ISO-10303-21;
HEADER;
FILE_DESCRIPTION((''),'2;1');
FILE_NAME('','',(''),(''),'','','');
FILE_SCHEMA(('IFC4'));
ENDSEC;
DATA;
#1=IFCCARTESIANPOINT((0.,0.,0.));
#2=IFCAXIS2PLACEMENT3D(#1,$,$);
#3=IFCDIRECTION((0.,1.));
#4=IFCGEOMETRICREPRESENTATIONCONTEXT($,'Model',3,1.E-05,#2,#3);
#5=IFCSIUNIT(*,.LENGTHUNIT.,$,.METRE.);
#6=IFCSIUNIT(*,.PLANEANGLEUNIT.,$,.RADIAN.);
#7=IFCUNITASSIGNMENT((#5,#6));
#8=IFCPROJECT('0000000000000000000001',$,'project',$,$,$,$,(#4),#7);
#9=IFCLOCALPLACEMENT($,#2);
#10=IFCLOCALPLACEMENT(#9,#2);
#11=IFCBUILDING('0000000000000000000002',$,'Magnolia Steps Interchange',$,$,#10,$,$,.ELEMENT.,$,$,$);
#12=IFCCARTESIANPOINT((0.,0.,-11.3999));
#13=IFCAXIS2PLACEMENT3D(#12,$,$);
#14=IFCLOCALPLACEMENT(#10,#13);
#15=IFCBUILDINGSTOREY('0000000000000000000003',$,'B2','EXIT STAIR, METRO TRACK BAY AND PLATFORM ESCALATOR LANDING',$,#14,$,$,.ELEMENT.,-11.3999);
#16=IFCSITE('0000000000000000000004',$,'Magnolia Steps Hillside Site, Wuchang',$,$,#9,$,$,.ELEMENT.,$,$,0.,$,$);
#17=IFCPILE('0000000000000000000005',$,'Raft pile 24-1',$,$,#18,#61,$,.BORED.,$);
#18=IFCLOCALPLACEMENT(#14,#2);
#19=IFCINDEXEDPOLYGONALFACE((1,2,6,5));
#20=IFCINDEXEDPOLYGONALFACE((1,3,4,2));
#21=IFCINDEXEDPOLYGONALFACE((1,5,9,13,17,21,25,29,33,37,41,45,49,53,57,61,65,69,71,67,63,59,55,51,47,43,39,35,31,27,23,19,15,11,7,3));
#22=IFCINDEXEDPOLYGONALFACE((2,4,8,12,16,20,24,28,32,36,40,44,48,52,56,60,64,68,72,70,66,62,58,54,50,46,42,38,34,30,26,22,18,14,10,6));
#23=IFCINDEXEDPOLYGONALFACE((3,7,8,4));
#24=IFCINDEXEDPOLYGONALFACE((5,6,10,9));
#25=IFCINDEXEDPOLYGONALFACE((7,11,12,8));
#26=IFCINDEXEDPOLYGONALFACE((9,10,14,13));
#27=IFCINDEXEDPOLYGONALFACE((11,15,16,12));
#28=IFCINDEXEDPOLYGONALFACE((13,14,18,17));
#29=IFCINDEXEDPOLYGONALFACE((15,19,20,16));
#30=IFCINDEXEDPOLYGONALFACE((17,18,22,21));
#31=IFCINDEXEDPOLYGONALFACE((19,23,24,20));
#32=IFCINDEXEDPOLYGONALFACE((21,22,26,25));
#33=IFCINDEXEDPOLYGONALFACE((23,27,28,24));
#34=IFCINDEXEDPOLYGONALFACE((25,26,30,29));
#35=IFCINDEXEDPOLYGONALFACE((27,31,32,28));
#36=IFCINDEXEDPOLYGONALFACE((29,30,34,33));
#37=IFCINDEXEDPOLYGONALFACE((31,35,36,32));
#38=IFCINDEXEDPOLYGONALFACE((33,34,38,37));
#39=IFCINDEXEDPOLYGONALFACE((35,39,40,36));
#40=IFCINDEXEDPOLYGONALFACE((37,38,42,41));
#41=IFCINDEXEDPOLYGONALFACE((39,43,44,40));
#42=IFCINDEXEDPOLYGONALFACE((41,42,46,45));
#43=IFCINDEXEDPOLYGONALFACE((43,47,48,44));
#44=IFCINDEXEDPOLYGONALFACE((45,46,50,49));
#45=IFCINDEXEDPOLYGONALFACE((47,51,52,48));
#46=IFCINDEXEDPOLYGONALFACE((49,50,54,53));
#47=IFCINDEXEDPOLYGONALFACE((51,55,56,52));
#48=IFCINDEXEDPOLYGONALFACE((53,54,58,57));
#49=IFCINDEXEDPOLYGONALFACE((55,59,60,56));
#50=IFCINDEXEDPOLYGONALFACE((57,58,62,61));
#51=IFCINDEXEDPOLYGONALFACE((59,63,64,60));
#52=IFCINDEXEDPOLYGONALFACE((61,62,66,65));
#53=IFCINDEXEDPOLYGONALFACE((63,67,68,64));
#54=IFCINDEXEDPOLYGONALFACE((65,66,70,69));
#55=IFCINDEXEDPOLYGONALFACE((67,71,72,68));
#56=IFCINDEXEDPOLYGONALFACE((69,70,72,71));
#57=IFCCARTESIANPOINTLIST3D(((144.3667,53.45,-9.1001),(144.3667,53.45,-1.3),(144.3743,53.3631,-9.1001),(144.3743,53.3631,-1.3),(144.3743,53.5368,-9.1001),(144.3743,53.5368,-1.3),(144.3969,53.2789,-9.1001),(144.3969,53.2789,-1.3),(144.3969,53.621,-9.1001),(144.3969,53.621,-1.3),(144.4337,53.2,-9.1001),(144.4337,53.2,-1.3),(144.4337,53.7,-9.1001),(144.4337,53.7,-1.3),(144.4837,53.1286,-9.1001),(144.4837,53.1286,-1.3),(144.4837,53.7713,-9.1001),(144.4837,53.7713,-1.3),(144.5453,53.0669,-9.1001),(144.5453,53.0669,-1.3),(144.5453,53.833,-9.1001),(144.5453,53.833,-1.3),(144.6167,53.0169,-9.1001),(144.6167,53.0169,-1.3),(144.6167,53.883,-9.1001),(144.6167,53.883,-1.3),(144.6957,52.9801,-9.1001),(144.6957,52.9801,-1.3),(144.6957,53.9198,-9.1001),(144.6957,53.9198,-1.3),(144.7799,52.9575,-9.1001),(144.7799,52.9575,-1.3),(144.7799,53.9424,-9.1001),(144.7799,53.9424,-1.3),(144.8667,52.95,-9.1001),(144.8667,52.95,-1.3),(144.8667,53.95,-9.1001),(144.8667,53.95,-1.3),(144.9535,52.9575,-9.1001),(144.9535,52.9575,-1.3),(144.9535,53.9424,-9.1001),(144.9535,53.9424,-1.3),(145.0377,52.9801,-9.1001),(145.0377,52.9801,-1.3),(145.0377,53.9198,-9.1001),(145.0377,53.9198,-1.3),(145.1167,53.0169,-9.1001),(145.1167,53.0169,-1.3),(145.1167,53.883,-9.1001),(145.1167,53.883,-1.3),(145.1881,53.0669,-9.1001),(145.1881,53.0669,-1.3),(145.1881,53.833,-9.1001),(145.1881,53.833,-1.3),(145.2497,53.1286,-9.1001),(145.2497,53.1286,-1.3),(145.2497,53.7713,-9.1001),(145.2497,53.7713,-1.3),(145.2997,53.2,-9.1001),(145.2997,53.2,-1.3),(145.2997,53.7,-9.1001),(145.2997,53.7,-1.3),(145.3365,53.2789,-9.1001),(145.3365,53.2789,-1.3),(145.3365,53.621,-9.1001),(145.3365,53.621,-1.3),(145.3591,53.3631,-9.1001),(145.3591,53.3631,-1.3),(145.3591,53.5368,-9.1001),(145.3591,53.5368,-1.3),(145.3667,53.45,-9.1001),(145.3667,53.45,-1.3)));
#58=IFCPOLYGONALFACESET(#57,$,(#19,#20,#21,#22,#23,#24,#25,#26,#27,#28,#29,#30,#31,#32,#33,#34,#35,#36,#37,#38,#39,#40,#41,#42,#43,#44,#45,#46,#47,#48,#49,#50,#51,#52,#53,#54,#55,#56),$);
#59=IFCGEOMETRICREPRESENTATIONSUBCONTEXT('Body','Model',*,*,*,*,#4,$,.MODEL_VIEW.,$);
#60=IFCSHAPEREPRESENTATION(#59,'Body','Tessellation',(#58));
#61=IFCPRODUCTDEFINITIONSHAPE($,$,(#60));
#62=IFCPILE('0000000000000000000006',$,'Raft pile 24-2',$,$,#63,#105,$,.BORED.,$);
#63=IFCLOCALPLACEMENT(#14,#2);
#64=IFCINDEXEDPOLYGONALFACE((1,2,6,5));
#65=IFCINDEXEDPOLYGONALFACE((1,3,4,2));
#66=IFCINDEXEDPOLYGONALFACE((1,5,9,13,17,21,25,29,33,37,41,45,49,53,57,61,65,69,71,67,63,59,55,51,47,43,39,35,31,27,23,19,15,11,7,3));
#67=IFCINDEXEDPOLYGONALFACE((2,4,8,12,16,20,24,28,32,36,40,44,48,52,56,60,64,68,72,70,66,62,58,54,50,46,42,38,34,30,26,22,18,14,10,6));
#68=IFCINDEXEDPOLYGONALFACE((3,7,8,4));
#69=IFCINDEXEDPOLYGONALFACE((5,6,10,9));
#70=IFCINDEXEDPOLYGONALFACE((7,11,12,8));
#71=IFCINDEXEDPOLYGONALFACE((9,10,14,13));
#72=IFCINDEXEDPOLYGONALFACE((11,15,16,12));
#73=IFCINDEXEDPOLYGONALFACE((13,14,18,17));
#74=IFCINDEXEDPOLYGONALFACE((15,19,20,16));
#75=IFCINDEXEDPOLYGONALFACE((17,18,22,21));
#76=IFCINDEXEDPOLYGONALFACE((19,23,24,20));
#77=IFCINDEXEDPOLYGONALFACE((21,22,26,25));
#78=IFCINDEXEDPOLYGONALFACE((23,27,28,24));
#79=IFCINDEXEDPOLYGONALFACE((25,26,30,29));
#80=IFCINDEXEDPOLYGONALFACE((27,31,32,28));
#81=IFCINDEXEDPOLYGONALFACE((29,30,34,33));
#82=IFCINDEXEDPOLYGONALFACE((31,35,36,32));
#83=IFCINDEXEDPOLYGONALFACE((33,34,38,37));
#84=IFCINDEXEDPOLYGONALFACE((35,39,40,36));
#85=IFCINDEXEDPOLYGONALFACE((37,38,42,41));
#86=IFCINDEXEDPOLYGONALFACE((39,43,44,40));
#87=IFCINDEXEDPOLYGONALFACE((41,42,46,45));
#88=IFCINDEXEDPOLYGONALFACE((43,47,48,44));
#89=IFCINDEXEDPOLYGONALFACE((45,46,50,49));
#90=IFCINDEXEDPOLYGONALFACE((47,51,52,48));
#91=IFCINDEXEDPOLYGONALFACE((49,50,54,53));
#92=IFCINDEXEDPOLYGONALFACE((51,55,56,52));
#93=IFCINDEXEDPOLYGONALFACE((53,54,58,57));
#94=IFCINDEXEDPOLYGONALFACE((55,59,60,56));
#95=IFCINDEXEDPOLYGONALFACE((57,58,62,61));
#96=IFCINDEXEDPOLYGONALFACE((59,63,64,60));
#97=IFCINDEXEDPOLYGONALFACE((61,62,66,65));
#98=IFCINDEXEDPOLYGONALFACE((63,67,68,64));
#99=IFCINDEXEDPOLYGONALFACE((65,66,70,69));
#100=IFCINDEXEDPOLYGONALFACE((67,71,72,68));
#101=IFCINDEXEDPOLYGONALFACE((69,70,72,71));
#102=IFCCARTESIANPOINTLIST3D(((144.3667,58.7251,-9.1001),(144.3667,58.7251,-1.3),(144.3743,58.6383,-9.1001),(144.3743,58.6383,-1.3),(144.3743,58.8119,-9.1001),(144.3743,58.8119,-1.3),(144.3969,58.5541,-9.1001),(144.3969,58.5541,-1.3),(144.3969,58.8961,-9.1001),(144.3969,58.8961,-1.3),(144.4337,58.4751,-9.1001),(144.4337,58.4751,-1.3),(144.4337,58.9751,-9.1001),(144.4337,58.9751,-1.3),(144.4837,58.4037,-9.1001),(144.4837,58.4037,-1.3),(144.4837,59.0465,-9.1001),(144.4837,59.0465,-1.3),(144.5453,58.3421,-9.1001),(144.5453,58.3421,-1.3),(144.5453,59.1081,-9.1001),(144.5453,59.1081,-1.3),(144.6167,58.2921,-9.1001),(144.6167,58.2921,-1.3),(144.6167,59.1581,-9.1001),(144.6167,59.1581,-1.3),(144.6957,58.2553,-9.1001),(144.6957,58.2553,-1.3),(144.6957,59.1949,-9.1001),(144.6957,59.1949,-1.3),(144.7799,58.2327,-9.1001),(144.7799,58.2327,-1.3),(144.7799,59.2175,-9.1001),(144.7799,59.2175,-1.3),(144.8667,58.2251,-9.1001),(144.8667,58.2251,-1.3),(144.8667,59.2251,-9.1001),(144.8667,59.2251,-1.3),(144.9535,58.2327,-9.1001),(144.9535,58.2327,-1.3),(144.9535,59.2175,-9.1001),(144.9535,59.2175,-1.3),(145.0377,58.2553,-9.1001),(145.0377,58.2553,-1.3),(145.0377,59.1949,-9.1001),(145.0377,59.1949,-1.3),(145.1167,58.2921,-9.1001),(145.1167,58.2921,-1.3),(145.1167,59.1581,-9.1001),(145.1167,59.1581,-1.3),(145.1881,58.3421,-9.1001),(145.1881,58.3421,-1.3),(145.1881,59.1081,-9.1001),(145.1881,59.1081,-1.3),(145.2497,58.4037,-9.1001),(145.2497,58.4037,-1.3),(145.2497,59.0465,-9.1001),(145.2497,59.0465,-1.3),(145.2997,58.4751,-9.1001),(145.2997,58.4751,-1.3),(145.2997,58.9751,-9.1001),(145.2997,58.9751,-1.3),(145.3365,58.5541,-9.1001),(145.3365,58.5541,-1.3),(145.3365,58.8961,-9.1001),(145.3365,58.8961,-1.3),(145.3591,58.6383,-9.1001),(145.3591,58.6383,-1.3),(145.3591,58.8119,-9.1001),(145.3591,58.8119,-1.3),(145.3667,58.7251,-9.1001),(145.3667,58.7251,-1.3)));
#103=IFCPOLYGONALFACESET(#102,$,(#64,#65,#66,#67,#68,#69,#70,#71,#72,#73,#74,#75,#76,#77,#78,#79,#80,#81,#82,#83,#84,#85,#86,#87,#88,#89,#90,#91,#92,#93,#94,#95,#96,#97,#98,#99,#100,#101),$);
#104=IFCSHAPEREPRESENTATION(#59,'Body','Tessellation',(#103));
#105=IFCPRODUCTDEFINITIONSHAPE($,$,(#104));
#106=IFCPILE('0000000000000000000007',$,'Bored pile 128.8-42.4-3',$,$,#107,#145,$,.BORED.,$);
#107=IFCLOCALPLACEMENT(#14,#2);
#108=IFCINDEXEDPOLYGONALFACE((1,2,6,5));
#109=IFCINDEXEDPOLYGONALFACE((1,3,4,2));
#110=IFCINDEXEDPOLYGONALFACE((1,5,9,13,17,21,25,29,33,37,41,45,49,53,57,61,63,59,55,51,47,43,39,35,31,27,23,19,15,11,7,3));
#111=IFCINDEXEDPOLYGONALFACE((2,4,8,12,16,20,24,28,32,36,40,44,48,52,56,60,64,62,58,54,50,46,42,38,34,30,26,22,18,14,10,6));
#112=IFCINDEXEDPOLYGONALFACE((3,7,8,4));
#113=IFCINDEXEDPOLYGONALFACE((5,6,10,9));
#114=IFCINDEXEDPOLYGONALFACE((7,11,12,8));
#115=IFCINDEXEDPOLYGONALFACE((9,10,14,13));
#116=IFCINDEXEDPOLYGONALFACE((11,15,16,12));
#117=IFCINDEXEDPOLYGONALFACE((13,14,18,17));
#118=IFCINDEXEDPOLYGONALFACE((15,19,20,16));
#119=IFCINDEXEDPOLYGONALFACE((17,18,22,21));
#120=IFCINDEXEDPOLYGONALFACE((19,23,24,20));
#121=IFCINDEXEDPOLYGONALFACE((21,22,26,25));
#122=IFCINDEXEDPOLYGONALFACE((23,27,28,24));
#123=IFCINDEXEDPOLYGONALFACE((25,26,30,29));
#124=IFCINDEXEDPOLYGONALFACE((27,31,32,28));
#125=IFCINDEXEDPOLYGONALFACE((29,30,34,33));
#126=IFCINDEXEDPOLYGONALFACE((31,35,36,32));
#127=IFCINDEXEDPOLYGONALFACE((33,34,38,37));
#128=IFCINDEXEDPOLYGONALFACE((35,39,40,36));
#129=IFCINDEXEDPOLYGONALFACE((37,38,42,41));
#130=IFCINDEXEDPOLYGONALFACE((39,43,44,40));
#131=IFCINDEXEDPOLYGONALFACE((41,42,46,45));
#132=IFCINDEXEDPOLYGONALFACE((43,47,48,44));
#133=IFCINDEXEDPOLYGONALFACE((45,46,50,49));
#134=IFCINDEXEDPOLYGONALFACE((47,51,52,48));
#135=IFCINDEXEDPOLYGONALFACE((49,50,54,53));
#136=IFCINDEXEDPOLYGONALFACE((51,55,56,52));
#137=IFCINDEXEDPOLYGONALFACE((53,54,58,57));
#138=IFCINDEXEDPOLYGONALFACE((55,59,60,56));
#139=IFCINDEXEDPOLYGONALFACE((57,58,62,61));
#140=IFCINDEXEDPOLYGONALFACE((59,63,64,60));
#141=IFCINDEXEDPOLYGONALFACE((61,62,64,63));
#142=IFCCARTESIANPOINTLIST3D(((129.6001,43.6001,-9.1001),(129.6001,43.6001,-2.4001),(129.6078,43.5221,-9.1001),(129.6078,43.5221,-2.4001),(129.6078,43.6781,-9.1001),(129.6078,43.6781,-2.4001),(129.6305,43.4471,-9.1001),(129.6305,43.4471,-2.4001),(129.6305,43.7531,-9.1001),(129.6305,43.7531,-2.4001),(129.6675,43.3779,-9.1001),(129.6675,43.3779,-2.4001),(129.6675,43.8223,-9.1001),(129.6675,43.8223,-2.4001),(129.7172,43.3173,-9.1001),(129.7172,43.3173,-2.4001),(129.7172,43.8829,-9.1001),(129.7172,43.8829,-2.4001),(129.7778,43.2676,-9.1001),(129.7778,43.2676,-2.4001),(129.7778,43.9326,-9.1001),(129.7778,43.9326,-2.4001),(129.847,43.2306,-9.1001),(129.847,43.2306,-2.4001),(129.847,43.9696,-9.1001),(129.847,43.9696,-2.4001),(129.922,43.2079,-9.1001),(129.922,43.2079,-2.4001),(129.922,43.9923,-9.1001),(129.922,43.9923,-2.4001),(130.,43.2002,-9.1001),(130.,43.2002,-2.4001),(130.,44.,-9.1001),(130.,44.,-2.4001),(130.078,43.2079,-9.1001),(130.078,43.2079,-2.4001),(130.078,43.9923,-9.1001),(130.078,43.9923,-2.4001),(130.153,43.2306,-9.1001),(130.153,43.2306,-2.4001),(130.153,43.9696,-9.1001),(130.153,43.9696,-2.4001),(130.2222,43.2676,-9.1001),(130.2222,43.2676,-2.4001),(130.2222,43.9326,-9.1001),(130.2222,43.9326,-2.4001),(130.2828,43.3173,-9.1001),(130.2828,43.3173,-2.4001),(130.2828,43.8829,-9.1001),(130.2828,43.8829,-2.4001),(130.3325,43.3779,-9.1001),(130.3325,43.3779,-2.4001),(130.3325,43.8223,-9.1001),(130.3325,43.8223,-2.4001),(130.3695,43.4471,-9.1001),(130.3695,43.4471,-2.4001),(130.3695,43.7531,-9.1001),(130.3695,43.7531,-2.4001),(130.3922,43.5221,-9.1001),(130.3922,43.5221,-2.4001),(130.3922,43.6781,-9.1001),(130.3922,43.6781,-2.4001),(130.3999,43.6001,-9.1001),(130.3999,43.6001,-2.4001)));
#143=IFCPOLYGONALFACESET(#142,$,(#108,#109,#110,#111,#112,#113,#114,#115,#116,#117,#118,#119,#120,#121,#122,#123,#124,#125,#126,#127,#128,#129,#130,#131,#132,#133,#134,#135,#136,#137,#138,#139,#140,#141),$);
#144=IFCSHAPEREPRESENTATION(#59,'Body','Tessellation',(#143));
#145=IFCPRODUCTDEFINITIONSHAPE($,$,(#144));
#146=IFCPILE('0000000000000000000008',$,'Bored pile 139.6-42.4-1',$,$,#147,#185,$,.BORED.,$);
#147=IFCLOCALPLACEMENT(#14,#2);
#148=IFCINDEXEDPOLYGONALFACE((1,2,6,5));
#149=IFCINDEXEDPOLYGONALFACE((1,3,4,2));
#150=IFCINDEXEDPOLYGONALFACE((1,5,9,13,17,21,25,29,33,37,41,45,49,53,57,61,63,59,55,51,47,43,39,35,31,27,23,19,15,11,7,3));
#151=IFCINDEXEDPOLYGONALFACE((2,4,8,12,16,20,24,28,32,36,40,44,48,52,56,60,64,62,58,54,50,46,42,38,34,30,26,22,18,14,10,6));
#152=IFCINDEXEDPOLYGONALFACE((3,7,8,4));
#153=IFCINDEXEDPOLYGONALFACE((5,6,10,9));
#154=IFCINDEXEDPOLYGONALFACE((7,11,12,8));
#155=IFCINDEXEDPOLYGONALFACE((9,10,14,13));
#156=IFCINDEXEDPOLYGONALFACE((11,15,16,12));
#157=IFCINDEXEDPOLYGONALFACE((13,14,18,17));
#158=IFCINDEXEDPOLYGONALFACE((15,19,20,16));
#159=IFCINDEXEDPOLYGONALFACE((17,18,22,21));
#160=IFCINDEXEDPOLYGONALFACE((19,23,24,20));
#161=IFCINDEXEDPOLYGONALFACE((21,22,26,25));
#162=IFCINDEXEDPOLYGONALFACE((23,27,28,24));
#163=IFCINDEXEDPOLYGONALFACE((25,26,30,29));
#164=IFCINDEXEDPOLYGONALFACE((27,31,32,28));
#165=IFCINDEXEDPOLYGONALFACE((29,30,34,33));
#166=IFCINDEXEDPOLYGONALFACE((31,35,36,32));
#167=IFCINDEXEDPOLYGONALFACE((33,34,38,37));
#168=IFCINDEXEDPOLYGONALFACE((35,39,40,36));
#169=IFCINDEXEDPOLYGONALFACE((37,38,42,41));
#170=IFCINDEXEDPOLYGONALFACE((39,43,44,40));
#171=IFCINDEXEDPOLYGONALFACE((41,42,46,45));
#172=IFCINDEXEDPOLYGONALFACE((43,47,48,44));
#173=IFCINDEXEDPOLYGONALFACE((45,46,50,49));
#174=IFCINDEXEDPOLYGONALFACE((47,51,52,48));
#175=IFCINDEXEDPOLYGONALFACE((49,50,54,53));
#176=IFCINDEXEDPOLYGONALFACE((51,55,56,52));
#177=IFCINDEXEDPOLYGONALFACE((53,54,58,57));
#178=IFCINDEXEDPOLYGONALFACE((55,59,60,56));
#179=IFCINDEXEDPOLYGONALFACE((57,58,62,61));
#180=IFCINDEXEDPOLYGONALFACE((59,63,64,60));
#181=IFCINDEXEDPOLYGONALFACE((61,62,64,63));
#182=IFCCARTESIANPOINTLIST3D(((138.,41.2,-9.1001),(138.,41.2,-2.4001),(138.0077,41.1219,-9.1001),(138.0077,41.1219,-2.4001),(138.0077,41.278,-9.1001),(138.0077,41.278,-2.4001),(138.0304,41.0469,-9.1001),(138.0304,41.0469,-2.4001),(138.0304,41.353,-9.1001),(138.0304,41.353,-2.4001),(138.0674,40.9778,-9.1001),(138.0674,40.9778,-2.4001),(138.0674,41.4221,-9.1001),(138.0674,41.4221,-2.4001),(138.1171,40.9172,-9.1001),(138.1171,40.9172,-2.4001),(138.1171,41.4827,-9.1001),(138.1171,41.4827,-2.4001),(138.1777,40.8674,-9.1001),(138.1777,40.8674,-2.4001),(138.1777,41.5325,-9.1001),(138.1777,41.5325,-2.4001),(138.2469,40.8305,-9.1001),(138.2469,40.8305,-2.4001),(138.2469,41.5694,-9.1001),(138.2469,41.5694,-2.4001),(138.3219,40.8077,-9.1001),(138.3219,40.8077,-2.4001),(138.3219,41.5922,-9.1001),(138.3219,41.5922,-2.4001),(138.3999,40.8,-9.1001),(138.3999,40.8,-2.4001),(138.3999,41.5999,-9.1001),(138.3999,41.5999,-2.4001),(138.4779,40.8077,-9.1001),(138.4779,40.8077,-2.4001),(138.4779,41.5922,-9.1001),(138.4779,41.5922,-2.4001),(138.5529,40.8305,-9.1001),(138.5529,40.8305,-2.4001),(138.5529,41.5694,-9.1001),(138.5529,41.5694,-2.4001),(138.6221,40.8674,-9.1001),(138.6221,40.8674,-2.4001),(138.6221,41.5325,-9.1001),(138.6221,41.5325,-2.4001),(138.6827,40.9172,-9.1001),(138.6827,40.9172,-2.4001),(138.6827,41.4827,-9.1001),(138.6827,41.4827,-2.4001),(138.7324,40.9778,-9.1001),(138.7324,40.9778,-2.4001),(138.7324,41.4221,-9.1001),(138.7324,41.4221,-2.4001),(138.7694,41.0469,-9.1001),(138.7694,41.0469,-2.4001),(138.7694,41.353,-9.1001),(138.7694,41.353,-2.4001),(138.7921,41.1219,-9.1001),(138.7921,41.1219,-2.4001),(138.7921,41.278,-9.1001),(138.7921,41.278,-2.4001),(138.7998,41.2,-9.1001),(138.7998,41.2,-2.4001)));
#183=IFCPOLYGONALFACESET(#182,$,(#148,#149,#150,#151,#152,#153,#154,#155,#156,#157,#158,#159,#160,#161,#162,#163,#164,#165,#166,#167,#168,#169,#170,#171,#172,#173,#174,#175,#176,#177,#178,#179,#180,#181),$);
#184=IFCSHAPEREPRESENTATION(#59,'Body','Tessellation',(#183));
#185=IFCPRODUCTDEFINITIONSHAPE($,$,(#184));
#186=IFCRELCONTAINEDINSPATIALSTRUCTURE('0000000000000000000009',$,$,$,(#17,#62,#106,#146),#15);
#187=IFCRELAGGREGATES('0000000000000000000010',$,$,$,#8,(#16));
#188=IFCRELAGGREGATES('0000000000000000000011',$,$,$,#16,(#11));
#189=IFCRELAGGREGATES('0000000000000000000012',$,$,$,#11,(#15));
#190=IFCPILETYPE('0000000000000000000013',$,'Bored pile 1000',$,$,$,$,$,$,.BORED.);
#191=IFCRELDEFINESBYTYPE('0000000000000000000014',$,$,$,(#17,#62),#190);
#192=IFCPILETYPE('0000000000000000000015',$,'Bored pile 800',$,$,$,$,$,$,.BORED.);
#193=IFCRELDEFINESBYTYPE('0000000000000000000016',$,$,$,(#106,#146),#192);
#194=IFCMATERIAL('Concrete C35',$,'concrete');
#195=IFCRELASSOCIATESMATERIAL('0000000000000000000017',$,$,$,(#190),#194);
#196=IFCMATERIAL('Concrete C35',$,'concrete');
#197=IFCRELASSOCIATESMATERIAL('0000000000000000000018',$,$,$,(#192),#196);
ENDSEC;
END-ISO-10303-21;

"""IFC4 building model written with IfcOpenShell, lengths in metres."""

from ifc_helpers import new_model, si_unit, direction, frame, origin, origin_2d, place, context, subcontext, project, spatial, circle, extrude, material, material_profile, profile_set, type_object, element, save


model = new_model("IFC4")

# Units and contexts
model_context = context("Model", 3, precision=1e-05, world=origin(), true_north=direction((0.0, 1.0)))
body_context = subcontext(model_context, "Body", "Model", "MODEL_VIEW")
ifc_project = project(units=[si_unit("LENGTHUNIT", "METRE"), si_unit("PLANEANGLEUNIT", "RADIAN")], contexts=[model_context])

# Site, building, storey
site_placement = place(None, origin())
site = spatial("IfcSite", under=ifc_project, at=site_placement, Name="Magnolia Steps Hillside Site, Wuchang", CompositionType="ELEMENT", RefElevation=0.0)
building_placement = place(site_placement, origin())
building = spatial("IfcBuilding", under=site, at=building_placement, Name="Magnolia Steps Interchange", CompositionType="ELEMENT")
storey_placement = place(building_placement, frame((0.0, 0.0, -11.3999)))
storey = spatial("IfcBuildingStorey", under=building, at=storey_placement, Name="B2", Description="EXIT STAIR, METRO TRACK BAY AND PLATFORM ESCALATOR LANDING", CompositionType="ELEMENT", Elevation=-11.3999)

# Piles
ifc_material_1 = material(Name="Concrete C35", Category="concrete")
ifc_material_profile_1 = material_profile(ifc_material_1, circle(Radius=0.5, at=origin_2d()), Name="Bored pile 1000")
ifc_profile_set_1 = profile_set([ifc_material_profile_1], Name="Concrete C35")
pile_type_1 = type_object("IfcPileType", Name="Bored pile 1000", PredefinedType="BORED", material=ifc_profile_set_1)
for number, where, z_axis, x_axis, name in (
    (1, (144.8667, 53.45, -1.3), (0.0, 0.0, -1.0), (1.0, 0.0, 0.0), "Raft pile 24-1"),
    (2, (144.8667, 58.7251, -1.3), (0.0, 0.0, -1.0), (1.0, 0.0, 0.0), "Raft pile 24-2"),
):
    element("IfcPile", number, at=place(storey_placement, frame(where, z_axis=z_axis, x_axis=x_axis)), inside=storey, type_object=pile_type_1, Name=name, PredefinedType="BORED", context=body_context, shape_type="SweptSolid", body=[
        extrude(circle(Radius=0.5, at=origin_2d()), origin(), (0.0, 0.0, 1.0), 7.8),
    ])
ifc_material_2 = material(Name="Concrete C35", Category="concrete")
ifc_material_profile_2 = material_profile(ifc_material_2, circle(Radius=0.3999, at=origin_2d()), Name="Bored pile 800")
ifc_profile_set_2 = profile_set([ifc_material_profile_2], Name="Concrete C35")
pile_type_2 = type_object("IfcPileType", Name="Bored pile 800", PredefinedType="BORED", material=ifc_profile_set_2)
for number, where, z_axis, x_axis, name in (
    (3, (130.0, 43.6001, -2.4001), (0.0, 0.0, -1.0), (1.0, 0.0, 0.0), "Bored pile 128.8-42.4-3"),
    (4, (138.3999, 41.2, -2.4001), (0.0, 0.0, -1.0), (1.0, 0.0, 0.0), "Bored pile 139.6-42.4-1"),
):
    element("IfcPile", number, at=place(storey_placement, frame(where, z_axis=z_axis, x_axis=x_axis)), inside=storey, type_object=pile_type_2, Name=name, PredefinedType="BORED", context=body_context, shape_type="SweptSolid", body=[
        extrude(circle(Radius=0.3999, at=origin_2d()), origin(), (0.0, 0.0, 1.0), 6.7),
    ])

save(model, "model.ifc")
